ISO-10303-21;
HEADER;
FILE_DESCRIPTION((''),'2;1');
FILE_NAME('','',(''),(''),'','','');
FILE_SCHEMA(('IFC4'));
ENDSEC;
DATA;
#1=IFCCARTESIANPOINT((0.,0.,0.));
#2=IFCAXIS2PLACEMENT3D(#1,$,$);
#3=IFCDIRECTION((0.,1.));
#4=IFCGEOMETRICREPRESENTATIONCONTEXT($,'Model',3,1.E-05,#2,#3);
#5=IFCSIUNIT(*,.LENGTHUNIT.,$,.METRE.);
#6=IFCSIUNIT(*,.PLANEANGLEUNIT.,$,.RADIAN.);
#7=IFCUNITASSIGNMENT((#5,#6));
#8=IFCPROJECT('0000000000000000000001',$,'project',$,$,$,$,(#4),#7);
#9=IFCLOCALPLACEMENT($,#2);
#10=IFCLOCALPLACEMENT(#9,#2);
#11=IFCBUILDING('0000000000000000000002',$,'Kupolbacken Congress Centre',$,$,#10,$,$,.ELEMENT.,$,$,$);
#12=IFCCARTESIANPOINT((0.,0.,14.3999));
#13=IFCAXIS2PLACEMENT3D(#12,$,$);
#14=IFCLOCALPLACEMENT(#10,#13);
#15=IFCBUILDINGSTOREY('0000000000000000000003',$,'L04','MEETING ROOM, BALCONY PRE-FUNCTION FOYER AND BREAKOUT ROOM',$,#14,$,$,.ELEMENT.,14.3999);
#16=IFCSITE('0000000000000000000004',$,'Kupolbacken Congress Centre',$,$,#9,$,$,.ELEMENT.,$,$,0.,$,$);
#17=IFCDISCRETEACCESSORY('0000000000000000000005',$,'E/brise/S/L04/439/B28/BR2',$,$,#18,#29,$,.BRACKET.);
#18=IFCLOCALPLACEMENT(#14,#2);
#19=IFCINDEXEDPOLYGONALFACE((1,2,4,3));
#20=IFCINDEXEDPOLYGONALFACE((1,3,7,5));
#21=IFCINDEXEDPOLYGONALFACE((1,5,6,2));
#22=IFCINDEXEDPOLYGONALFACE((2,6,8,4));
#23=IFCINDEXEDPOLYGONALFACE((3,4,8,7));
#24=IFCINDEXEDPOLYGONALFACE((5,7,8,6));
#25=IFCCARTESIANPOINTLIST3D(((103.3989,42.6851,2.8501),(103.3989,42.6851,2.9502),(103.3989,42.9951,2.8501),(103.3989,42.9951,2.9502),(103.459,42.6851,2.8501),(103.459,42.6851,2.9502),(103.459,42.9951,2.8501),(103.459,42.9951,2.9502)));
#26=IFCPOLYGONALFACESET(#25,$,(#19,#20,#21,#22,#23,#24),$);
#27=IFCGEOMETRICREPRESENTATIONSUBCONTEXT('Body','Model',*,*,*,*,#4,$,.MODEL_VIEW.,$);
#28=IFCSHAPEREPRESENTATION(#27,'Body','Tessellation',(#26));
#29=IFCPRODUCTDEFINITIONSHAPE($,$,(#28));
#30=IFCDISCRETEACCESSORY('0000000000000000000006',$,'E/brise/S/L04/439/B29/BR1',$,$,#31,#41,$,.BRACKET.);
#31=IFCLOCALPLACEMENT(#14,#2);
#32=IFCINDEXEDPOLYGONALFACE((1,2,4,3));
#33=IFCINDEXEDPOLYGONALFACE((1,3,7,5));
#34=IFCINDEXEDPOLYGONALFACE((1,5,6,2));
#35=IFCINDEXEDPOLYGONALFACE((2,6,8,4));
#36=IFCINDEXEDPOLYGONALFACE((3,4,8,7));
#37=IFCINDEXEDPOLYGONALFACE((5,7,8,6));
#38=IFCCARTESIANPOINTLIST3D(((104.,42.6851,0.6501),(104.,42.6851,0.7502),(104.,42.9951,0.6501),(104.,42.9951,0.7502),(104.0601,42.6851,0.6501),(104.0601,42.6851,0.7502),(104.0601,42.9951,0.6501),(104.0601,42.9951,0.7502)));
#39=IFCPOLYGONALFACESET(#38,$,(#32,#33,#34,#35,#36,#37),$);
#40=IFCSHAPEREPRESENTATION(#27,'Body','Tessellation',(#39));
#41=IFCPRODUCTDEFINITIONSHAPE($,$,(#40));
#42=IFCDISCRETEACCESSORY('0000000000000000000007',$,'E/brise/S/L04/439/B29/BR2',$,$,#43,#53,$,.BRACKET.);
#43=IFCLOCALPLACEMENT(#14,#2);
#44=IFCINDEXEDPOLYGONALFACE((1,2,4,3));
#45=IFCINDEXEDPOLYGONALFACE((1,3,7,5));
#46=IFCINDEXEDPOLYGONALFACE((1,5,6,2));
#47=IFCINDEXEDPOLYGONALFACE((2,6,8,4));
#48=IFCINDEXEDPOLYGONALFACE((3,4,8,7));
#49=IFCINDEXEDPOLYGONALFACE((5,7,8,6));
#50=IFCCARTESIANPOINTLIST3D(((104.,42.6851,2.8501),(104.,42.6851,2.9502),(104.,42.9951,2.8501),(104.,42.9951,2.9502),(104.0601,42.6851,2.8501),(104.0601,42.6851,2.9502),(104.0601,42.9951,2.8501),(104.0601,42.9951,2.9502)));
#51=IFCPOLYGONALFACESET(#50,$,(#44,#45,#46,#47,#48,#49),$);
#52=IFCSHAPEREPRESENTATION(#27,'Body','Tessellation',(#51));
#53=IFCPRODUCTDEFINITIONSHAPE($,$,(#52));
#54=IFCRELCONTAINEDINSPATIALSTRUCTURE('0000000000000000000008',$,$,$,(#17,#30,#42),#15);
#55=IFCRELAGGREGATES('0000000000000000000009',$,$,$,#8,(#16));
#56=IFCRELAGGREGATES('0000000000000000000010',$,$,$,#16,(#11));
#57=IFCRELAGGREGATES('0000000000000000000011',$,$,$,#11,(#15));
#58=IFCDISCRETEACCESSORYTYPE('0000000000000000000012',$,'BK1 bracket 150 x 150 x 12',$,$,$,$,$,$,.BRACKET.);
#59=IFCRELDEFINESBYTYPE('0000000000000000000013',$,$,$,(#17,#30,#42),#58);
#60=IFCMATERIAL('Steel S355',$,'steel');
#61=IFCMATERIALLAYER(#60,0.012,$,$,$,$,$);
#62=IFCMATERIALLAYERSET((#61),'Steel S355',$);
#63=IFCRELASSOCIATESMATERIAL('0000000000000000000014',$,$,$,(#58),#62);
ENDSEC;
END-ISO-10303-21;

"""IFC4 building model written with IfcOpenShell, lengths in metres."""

from ifc_helpers import new_model, si_unit, direction, frame, origin, origin_2d, place, context, subcontext, project, spatial, rectangle, extrude, material, layer, layer_set, type_object, element, save


model = new_model("IFC4")

# Units and contexts
model_context = context("Model", 3, precision=1e-05, world=origin(), true_north=direction((0.0, 1.0)))
body_context = subcontext(model_context, "Body", "Model", "MODEL_VIEW")
ifc_project = project(units=[si_unit("LENGTHUNIT", "METRE"), si_unit("PLANEANGLEUNIT", "RADIAN")], contexts=[model_context])

# Site, building, storey
site_placement = place(None, origin())
site = spatial("IfcSite", under=ifc_project, at=site_placement, Name="Kupolbacken Congress Centre", CompositionType="ELEMENT", RefElevation=0.0)
building_placement = place(site_placement, origin())
building = spatial("IfcBuilding", under=site, at=building_placement, Name="Kupolbacken Congress Centre", CompositionType="ELEMENT")
storey_placement = place(building_placement, frame((0.0, 0.0, 14.3999)))
storey = spatial("IfcBuildingStorey", under=building, at=storey_placement, Name="L04", Description="MEETING ROOM, BALCONY PRE-FUNCTION FOYER AND BREAKOUT ROOM", CompositionType="ELEMENT", Elevation=14.3999)

# Discrete accessories
ifc_material_1 = material(Name="Steel S355", Category="steel")
ifc_layer_1 = layer(ifc_material_1, 0.012)
ifc_layer_set_1 = layer_set([ifc_layer_1], Name="Steel S355")
discrete_accessory_type = type_object("IfcDiscreteAccessoryType", Name="BK1 bracket 150 x 150 x 12", PredefinedType="BRACKET", material=ifc_layer_set_1)
for number, where, z_axis, x_axis, name in (
    (1, (103.429, 42.8401, 2.8501), (0.0, 0.0, 1.0), (1.0, 0.0, 0.0), "E/brise/S/L04/439/B28/BR2"),
    (2, (104.03, 42.8401, 0.6501), (0.0, 0.0, 1.0), (1.0, 0.0, 0.0), "E/brise/S/L04/439/B29/BR1"),
    (3, (104.03, 42.8401, 2.8501), (0.0, 0.0, 1.0), (1.0, 0.0, 0.0), "E/brise/S/L04/439/B29/BR2"),
):
    element("IfcDiscreteAccessory", number, at=place(storey_placement, frame(where, z_axis=z_axis, x_axis=x_axis)), inside=storey, type_object=discrete_accessory_type, Name=name, PredefinedType="BRACKET", context=body_context, shape_type="SweptSolid", body=[
        extrude(rectangle(XDim=0.0601, YDim=0.3101, at=origin_2d()), origin(), (0.0, 0.0, 1.0), 0.1001),
    ])

save(model, "model.ifc")
